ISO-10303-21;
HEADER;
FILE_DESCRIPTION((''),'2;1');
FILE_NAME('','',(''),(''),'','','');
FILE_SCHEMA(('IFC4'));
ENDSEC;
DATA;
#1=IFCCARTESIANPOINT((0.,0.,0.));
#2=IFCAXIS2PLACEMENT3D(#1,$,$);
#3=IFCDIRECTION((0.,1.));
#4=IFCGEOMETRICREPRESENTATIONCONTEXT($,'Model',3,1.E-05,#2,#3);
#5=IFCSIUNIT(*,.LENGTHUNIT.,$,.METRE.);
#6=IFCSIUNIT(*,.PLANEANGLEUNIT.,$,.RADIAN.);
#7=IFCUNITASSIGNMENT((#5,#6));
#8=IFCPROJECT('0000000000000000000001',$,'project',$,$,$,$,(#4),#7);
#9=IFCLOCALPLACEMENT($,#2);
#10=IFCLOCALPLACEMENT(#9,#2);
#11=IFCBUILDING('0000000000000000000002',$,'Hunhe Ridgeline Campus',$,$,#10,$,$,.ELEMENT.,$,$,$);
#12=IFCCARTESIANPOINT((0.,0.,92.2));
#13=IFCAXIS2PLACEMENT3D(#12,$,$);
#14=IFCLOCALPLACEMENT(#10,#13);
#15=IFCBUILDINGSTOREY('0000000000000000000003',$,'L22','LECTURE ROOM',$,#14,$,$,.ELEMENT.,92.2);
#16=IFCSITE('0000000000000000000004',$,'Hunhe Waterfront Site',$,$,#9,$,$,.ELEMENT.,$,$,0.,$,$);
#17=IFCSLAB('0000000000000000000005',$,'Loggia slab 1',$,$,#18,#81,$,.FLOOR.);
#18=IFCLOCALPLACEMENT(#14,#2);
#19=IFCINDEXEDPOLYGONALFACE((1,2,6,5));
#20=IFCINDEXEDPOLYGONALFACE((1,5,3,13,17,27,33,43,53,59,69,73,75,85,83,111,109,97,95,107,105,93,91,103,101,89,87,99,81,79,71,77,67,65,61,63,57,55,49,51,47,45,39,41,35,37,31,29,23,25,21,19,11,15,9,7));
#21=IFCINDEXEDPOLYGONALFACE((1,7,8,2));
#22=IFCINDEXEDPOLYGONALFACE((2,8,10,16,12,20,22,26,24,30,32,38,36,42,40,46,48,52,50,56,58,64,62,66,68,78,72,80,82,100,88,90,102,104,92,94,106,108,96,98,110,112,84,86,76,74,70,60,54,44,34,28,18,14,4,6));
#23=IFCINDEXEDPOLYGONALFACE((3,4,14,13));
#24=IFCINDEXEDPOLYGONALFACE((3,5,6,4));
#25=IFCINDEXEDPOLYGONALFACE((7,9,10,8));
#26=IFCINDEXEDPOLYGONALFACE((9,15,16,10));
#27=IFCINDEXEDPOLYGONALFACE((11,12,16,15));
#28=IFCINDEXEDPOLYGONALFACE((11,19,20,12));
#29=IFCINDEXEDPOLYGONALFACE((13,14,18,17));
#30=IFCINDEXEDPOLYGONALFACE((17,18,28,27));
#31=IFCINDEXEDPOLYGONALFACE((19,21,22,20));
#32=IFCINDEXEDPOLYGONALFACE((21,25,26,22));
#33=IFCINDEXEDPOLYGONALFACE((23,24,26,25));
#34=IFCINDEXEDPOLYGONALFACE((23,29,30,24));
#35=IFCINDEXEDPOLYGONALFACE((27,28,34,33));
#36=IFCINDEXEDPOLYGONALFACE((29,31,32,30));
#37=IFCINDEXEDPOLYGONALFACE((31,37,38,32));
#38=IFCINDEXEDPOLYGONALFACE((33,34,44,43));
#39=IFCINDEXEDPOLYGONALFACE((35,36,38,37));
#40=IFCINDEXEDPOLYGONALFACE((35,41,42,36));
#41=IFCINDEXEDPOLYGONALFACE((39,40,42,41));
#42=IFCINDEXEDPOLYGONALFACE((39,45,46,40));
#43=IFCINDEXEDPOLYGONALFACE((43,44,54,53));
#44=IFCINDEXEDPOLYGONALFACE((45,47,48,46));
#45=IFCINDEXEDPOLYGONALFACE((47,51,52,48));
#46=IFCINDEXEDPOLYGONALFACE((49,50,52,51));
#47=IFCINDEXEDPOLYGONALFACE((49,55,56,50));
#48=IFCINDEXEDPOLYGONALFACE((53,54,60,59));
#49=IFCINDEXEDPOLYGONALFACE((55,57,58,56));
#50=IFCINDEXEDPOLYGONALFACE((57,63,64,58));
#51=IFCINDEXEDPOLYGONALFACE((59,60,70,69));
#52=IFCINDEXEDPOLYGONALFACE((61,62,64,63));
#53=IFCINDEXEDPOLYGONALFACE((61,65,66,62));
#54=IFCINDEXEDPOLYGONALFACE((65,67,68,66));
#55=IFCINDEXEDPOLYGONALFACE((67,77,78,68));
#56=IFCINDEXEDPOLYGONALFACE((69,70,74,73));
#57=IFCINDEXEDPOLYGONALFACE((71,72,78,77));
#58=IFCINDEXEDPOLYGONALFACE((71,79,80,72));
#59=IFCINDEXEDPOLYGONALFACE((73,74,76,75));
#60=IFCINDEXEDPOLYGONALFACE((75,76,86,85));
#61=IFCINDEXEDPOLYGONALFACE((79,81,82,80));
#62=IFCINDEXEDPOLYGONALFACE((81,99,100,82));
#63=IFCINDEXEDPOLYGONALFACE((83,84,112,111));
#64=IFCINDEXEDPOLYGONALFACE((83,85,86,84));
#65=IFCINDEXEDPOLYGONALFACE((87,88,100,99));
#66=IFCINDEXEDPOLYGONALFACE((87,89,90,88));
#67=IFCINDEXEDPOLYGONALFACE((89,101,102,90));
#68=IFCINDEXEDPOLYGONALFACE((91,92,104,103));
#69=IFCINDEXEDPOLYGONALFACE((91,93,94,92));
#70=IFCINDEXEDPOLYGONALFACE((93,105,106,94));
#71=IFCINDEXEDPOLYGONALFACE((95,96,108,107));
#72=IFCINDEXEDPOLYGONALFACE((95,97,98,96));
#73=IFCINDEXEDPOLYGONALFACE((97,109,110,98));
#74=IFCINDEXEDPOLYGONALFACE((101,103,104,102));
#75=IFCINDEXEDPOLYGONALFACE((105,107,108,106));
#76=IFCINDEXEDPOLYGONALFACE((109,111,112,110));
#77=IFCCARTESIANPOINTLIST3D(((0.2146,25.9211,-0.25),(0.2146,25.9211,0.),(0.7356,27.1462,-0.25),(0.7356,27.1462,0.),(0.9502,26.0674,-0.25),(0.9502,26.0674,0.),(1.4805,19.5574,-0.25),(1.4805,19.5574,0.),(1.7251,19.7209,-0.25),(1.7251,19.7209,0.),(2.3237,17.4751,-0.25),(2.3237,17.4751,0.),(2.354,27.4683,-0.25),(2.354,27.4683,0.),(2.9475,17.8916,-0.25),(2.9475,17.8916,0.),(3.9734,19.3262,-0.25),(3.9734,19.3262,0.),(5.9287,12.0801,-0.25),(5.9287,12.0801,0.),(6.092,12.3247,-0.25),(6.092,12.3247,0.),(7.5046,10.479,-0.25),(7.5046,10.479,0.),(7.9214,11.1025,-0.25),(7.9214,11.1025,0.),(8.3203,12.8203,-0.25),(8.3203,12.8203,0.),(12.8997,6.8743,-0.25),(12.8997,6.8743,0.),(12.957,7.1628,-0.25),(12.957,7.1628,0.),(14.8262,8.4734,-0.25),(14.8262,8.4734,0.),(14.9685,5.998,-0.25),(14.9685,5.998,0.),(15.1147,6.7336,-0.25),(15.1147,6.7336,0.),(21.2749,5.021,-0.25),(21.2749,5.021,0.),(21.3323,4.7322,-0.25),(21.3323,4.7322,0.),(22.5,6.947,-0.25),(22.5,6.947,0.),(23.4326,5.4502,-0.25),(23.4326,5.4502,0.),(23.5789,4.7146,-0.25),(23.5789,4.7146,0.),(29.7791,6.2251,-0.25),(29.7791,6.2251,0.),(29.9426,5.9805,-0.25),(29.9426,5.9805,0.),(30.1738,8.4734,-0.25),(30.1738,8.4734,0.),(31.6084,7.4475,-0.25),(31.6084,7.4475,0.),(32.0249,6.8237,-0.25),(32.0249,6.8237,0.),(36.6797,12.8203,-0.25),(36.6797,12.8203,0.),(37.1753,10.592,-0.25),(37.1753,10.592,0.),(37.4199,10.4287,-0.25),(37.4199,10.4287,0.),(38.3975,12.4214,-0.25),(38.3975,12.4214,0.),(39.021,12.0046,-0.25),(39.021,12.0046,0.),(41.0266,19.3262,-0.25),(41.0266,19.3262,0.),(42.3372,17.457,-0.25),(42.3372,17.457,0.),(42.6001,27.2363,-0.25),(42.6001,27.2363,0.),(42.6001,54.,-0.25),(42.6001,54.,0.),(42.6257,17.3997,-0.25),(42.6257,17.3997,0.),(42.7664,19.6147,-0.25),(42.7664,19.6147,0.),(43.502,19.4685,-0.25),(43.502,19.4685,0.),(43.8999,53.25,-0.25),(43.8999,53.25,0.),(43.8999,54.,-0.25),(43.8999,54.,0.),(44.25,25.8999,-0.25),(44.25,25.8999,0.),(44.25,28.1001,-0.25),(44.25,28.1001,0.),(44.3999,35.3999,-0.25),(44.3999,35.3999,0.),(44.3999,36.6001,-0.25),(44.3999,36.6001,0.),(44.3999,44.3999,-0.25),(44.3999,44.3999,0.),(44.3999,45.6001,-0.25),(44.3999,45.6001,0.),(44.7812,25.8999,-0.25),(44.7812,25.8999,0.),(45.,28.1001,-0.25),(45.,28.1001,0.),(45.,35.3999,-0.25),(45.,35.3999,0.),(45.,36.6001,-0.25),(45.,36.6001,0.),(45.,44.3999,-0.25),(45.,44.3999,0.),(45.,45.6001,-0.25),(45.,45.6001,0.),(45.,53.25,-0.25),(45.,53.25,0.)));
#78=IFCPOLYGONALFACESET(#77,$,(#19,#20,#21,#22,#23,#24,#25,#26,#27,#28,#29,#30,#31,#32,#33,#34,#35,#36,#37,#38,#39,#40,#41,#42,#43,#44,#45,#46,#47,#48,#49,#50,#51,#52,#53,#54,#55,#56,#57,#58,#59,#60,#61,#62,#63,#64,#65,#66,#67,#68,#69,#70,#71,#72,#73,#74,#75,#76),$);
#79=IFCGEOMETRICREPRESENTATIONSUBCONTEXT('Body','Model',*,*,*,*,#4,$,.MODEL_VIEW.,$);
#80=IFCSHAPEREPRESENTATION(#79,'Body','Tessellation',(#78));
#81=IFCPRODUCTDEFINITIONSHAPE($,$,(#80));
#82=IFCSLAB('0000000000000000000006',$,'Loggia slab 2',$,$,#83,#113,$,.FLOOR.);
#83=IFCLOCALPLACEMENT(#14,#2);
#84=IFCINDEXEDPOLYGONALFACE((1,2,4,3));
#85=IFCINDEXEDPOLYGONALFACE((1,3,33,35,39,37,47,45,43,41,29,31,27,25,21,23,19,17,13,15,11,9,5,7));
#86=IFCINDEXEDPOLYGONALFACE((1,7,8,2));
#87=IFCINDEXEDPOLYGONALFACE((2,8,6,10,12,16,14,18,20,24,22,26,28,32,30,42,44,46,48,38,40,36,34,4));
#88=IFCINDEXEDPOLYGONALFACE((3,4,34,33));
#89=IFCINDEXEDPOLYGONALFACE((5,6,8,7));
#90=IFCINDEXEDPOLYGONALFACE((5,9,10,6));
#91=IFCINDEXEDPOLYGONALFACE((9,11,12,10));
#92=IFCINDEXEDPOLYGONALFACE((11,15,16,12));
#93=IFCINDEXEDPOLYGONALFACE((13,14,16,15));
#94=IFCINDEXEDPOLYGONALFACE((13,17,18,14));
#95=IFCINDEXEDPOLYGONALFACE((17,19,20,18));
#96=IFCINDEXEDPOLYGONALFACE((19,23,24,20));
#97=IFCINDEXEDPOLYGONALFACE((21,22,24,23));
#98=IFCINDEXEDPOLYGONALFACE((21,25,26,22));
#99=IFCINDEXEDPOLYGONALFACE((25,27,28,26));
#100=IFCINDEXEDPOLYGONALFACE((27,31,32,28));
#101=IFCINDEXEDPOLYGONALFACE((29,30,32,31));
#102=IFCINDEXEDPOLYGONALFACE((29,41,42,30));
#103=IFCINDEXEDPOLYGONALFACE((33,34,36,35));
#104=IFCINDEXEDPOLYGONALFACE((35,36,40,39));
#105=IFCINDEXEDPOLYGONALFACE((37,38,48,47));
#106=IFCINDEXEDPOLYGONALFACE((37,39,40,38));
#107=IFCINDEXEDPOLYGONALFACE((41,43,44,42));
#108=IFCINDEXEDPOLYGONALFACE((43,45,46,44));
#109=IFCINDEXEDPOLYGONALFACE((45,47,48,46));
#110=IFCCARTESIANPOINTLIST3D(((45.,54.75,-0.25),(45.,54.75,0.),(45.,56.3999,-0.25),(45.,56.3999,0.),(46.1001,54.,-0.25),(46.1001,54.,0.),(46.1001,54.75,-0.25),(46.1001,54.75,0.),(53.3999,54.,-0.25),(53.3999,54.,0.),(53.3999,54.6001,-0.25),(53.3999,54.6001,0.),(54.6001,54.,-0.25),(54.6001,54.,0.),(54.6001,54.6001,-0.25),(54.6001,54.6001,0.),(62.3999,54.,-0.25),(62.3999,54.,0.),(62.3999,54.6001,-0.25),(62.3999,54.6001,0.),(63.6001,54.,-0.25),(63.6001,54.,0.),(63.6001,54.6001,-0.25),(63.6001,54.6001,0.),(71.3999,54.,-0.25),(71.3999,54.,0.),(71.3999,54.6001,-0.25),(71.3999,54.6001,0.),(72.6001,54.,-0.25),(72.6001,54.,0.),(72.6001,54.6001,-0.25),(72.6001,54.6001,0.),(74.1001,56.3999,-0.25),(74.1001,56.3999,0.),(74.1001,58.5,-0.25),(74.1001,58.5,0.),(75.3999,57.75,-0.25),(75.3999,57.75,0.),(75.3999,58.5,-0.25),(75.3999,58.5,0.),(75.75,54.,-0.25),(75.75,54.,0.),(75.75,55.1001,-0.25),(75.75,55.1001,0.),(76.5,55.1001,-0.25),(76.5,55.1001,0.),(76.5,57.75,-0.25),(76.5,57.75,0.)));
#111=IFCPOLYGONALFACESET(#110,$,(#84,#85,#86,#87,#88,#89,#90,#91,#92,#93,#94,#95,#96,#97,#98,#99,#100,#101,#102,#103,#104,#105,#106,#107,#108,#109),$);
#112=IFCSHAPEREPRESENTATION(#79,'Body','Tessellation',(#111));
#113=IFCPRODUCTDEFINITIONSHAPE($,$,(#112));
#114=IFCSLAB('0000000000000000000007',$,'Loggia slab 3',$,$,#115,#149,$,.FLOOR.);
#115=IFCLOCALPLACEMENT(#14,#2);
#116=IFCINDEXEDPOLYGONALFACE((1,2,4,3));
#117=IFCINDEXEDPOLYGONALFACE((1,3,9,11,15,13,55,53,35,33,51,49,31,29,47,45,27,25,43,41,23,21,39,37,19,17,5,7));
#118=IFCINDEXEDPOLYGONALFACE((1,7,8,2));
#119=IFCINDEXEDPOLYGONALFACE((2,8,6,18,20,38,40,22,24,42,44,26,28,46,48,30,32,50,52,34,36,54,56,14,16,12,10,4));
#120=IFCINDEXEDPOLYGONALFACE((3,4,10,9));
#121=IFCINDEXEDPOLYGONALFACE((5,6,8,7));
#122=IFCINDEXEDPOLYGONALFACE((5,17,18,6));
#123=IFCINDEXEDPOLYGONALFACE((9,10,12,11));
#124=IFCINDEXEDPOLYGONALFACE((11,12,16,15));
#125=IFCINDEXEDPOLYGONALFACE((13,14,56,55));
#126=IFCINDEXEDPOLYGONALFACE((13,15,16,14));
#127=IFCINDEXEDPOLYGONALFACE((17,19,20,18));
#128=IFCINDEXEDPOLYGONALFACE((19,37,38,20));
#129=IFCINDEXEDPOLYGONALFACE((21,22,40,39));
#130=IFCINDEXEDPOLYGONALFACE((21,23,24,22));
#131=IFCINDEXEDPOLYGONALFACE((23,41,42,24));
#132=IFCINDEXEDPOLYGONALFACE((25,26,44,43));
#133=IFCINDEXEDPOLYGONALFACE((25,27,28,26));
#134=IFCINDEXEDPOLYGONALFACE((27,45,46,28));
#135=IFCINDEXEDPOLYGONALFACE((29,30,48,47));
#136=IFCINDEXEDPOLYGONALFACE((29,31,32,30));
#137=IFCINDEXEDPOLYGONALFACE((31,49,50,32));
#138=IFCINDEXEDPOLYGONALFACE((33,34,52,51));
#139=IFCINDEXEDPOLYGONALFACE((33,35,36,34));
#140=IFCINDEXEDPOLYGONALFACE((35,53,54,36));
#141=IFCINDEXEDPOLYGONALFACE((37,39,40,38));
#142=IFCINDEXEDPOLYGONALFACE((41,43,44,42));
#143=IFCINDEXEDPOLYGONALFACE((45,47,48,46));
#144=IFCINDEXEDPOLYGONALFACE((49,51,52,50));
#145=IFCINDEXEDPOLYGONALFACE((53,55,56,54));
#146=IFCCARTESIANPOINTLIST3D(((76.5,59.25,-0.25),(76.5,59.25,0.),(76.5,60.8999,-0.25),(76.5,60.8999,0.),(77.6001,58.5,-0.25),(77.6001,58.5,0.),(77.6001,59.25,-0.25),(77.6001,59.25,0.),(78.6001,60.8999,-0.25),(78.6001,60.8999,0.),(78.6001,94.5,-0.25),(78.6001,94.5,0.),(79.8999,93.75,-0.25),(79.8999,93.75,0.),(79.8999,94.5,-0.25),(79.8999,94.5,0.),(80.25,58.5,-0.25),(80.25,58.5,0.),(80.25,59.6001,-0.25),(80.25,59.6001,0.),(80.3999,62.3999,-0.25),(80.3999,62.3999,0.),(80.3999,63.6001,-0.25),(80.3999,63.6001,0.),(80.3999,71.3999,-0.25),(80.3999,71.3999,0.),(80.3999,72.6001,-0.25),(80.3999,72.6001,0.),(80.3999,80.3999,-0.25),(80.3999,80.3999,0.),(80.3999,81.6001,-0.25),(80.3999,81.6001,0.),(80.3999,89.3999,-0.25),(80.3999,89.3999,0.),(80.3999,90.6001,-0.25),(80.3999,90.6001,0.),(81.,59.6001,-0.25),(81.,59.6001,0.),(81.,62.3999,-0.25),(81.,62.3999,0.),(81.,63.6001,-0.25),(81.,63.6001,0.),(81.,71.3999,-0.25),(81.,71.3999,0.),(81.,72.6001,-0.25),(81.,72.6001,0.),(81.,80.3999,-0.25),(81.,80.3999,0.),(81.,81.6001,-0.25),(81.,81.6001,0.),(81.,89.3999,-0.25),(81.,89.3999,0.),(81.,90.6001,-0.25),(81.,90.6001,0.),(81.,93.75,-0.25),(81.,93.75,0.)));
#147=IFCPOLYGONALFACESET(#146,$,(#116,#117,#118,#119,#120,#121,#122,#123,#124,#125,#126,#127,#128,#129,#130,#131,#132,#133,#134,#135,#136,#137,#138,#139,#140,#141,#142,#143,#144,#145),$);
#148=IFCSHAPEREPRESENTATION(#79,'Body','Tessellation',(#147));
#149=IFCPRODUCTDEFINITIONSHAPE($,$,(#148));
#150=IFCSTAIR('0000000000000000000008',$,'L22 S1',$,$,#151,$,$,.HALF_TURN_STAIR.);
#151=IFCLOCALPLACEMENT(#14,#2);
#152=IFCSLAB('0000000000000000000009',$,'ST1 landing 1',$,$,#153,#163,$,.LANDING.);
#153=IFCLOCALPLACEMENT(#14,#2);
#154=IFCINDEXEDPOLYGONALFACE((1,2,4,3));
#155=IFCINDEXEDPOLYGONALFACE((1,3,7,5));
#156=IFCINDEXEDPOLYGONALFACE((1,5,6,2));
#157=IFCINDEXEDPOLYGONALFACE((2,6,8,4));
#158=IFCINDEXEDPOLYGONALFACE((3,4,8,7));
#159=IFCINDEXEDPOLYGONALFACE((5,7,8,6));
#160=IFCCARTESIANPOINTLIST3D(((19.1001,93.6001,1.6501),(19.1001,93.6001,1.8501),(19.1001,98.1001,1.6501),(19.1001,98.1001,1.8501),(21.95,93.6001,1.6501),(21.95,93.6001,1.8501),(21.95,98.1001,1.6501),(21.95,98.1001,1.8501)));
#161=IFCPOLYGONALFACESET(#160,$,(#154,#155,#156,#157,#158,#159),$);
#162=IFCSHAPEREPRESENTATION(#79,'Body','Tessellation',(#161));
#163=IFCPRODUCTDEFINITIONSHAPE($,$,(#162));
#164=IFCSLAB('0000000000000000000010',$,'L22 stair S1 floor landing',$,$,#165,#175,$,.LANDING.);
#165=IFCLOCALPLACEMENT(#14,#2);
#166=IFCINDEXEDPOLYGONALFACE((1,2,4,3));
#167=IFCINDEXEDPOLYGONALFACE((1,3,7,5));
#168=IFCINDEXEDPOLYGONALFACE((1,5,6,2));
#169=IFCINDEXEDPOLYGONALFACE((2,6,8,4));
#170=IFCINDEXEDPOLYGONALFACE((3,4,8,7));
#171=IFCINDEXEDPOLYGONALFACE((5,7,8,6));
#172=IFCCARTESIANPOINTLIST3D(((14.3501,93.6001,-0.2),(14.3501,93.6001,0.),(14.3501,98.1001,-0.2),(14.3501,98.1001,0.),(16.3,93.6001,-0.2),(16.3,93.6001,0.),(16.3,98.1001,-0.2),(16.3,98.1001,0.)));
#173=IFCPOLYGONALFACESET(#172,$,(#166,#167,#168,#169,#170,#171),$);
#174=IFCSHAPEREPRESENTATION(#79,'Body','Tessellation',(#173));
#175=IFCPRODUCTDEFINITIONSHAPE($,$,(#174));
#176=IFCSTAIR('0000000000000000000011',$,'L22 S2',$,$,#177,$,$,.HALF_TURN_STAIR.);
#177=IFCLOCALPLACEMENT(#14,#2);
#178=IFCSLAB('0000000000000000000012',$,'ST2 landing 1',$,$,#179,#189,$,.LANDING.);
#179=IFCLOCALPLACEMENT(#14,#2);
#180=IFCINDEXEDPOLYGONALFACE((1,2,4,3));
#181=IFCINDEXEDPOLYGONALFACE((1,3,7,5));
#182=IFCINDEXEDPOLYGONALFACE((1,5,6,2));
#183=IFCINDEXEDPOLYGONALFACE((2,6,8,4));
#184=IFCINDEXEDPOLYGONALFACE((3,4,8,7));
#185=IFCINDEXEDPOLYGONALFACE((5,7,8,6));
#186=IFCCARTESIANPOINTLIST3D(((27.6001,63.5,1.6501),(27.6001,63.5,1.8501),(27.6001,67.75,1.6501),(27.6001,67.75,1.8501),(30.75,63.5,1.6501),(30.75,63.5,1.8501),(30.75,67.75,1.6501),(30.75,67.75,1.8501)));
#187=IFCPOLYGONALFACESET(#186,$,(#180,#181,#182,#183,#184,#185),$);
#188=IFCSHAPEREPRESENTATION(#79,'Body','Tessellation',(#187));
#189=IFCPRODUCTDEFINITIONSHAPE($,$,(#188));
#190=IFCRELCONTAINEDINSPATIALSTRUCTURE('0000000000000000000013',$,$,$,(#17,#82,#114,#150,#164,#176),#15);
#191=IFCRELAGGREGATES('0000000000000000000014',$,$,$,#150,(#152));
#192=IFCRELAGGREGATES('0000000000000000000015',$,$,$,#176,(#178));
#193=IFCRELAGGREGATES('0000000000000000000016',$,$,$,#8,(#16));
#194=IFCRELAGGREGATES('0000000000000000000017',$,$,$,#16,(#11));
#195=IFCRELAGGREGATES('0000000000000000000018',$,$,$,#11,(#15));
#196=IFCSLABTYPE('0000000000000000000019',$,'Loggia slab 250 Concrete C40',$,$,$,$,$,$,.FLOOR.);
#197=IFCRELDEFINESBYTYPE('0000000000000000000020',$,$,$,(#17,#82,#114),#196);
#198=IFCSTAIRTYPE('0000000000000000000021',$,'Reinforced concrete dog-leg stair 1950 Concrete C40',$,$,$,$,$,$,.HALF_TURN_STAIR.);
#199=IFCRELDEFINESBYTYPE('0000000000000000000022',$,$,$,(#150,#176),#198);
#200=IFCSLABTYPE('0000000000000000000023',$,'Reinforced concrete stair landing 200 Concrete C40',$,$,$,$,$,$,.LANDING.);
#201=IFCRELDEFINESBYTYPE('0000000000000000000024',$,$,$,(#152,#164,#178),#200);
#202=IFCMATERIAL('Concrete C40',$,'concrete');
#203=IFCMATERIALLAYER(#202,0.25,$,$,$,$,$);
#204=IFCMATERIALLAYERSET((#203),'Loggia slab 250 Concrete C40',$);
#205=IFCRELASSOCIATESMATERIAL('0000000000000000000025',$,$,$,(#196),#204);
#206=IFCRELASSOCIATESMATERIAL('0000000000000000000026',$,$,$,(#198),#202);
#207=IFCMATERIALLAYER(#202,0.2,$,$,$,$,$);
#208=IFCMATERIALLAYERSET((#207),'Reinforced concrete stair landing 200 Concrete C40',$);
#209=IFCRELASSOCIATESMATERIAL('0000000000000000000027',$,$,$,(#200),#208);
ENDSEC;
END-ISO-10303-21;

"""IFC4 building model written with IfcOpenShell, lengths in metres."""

from ifc_helpers import new_model, si_unit, direction, frame, origin, place, context, subcontext, project, spatial, polyline, outline, extrude, material, layer, layer_set, type_object, element, aggregate, save


model = new_model("IFC4")

# Units and contexts
model_context = context("Model", 3, precision=1e-05, world=origin(), true_north=direction((0.0, 1.0)))
body_context = subcontext(model_context, "Body", "Model", "MODEL_VIEW")
ifc_project = project(units=[si_unit("LENGTHUNIT", "METRE"), si_unit("PLANEANGLEUNIT", "RADIAN")], contexts=[model_context])

# Site, building, storey
site_placement = place(None, origin())
site = spatial("IfcSite", under=ifc_project, at=site_placement, Name="Hunhe Waterfront Site", CompositionType="ELEMENT", RefElevation=0.0)
building_placement = place(site_placement, origin())
building = spatial("IfcBuilding", under=site, at=building_placement, Name="Hunhe Ridgeline Campus", CompositionType="ELEMENT")
storey_placement = place(building_placement, frame((0.0, 0.0, 92.2)))
storey = spatial("IfcBuildingStorey", under=building, at=storey_placement, Name="L22", Description="LECTURE ROOM", CompositionType="ELEMENT", Elevation=92.2)

# Slabs
ifc_material_1 = material(Name="Concrete C40", Category="concrete")
ifc_layer_1 = layer(ifc_material_1, 0.25)
ifc_layer_set_1 = layer_set([ifc_layer_1], Name="Loggia slab 250 Concrete C40")
slab_type_1 = type_object("IfcSlabType", Name="Loggia slab 250 Concrete C40", PredefinedType="FLOOR", material=ifc_layer_set_1)
slab_1_placement = place(storey_placement, frame((0.0, 0.0, -0.25)))
element("IfcSlab", 1, at=slab_1_placement, inside=storey, type_object=slab_type_1, Name="Loggia slab 1", PredefinedType="FLOOR", context=body_context, shape_type="SweptSolid", body=[
    extrude(outline(polyline([(30.1738, 8.4734), (22.5, 6.947), (14.8262, 8.4734), (8.3203, 12.8203), (3.9734, 19.3262), (2.354, 27.4683), (0.7356, 27.1462), (0.9502, 26.0674), (0.2146, 25.9211), (1.4805, 19.5574), (1.7251, 19.7209), (2.9475, 17.8916), (2.3237, 17.4751), (5.9287, 12.0801), (6.092, 12.3247), (7.9214, 11.1025), (7.5046, 10.479), (12.8997, 6.8743), (12.957, 7.1628), (15.1147, 6.7336), (14.9685, 5.998), (21.3323, 4.7322), (21.2749, 5.021), (23.4326, 5.4502), (23.5789, 4.7146), (29.9426, 5.9805), (29.7791, 6.2251), (31.6084, 7.4475), (32.0249, 6.8237), (37.4199, 10.4287), (37.1753, 10.592), (38.3975, 12.4214), (39.021, 12.0046), (42.6257, 17.3997), (42.3372, 17.457), (42.7664, 19.6147), (43.502, 19.4685), (44.7812, 25.8999), (44.25, 25.8999), (44.25, 28.1001), (45.0, 28.1001), (45.0, 35.3999), (44.3999, 35.3999), (44.3999, 36.6001), (45.0, 36.6001), (45.0, 44.3999), (44.3999, 44.3999), (44.3999, 45.6001), (45.0, 45.6001), (45.0, 53.25), (43.8999, 53.25), (43.8999, 54.0), (42.6001, 54.0), (42.6001, 27.2363), (41.0266, 19.3262), (36.6797, 12.8203), (30.1738, 8.4734)])), origin(), (0.0, 0.0, 1.0), 0.25),
])
slab_2_placement = place(storey_placement, frame((0.0, 0.0, -0.25)))
element("IfcSlab", 2, at=slab_2_placement, inside=storey, type_object=slab_type_1, Name="Loggia slab 2", PredefinedType="FLOOR", context=body_context, shape_type="SweptSolid", body=[
    extrude(outline(polyline([(45.0, 54.75), (46.1001, 54.75), (46.1001, 54.0), (53.3999, 54.0), (53.3999, 54.6001), (54.6001, 54.6001), (54.6001, 54.0), (62.3999, 54.0), (62.3999, 54.6001), (63.6001, 54.6001), (63.6001, 54.0), (71.3999, 54.0), (71.3999, 54.6001), (72.6001, 54.6001), (72.6001, 54.0), (75.75, 54.0), (75.75, 55.1001), (76.5, 55.1001), (76.5, 57.75), (75.3999, 57.75), (75.3999, 58.5), (74.1001, 58.5), (74.1001, 56.3999), (45.0, 56.3999), (45.0, 54.75)])), origin(), (0.0, 0.0, 1.0), 0.25),
])
slab_3_placement = place(storey_placement, frame((0.0, 0.0, -0.25)))
element("IfcSlab", 3, at=slab_3_placement, inside=storey, type_object=slab_type_1, Name="Loggia slab 3", PredefinedType="FLOOR", context=body_context, shape_type="SweptSolid", body=[
    extrude(outline(polyline([(76.5, 59.25), (77.6001, 59.25), (77.6001, 58.5), (80.25, 58.5), (80.25, 59.6001), (81.0, 59.6001), (81.0, 62.3999), (80.3999, 62.3999), (80.3999, 63.6001), (81.0, 63.6001), (81.0, 71.3999), (80.3999, 71.3999), (80.3999, 72.6001), (81.0, 72.6001), (81.0, 80.3999), (80.3999, 80.3999), (80.3999, 81.6001), (81.0, 81.6001), (81.0, 89.3999), (80.3999, 89.3999), (80.3999, 90.6001), (81.0, 90.6001), (81.0, 93.75), (79.8999, 93.75), (79.8999, 94.5), (78.6001, 94.5), (78.6001, 60.8999), (76.5, 60.8999), (76.5, 59.25)])), origin(), (0.0, 0.0, 1.0), 0.25),
])

# Stair, slab
stair_type = type_object("IfcStairType", Name="Reinforced concrete dog-leg stair 1950 Concrete C40", PredefinedType="HALF_TURN_STAIR", material=ifc_material_1)
stair_1_placement = place(storey_placement, origin())
stair_1 = element("IfcStair", 4, at=stair_1_placement, inside=storey, type_object=stair_type, Name="L22 S1", PredefinedType="HALF_TURN_STAIR")
ifc_layer_2 = layer(ifc_material_1, 0.2)
ifc_layer_set_2 = layer_set([ifc_layer_2], Name="Reinforced concrete stair landing 200 Concrete C40")
slab_type_2 = type_object("IfcSlabType", Name="Reinforced concrete stair landing 200 Concrete C40", PredefinedType="LANDING", material=ifc_layer_set_2)
slab_4_placement = place(storey_placement, frame((0.0, 0.0, 1.6501)))
slab_4 = element("IfcSlab", 5, at=slab_4_placement, type_object=slab_type_2, Name="ST1 landing 1", PredefinedType="LANDING", context=body_context, shape_type="SweptSolid", body=[
    extrude(outline(polyline([(19.1001, 93.6001), (21.95, 93.6001), (21.95, 98.1001), (19.1001, 98.1001), (19.1001, 93.6001)])), origin(), (0.0, 0.0, 1.0), 0.2),
])
aggregate(stair_1, [slab_4])

# Slab
slab_5_placement = place(storey_placement, frame((0.0, 0.0, -0.2)))
element("IfcSlab", 6, at=slab_5_placement, inside=storey, type_object=slab_type_2, Name="L22 stair S1 floor landing", PredefinedType="LANDING", context=body_context, shape_type="SweptSolid", body=[
    extrude(outline(polyline([(14.3501, 93.6001), (16.3, 93.6001), (16.3, 98.1001), (14.3501, 98.1001), (14.3501, 93.6001)])), origin(), (0.0, 0.0, 1.0), 0.2),
])

# Stair, slab
stair_2_placement = place(storey_placement, origin())
stair_2 = element("IfcStair", 7, at=stair_2_placement, inside=storey, type_object=stair_type, Name="L22 S2", PredefinedType="HALF_TURN_STAIR")
slab_6_placement = place(storey_placement, frame((0.0, 0.0, 1.6501)))
slab_6 = element("IfcSlab", 8, at=slab_6_placement, type_object=slab_type_2, Name="ST2 landing 1", PredefinedType="LANDING", context=body_context, shape_type="SweptSolid", body=[
    extrude(outline(polyline([(30.75, 67.75), (27.6001, 67.75), (27.6001, 63.5), (30.75, 63.5), (30.75, 67.75)])), origin(), (0.0, 0.0, 1.0), 0.2),
])
aggregate(stair_2, [slab_6])

save(model, "model.ifc")
